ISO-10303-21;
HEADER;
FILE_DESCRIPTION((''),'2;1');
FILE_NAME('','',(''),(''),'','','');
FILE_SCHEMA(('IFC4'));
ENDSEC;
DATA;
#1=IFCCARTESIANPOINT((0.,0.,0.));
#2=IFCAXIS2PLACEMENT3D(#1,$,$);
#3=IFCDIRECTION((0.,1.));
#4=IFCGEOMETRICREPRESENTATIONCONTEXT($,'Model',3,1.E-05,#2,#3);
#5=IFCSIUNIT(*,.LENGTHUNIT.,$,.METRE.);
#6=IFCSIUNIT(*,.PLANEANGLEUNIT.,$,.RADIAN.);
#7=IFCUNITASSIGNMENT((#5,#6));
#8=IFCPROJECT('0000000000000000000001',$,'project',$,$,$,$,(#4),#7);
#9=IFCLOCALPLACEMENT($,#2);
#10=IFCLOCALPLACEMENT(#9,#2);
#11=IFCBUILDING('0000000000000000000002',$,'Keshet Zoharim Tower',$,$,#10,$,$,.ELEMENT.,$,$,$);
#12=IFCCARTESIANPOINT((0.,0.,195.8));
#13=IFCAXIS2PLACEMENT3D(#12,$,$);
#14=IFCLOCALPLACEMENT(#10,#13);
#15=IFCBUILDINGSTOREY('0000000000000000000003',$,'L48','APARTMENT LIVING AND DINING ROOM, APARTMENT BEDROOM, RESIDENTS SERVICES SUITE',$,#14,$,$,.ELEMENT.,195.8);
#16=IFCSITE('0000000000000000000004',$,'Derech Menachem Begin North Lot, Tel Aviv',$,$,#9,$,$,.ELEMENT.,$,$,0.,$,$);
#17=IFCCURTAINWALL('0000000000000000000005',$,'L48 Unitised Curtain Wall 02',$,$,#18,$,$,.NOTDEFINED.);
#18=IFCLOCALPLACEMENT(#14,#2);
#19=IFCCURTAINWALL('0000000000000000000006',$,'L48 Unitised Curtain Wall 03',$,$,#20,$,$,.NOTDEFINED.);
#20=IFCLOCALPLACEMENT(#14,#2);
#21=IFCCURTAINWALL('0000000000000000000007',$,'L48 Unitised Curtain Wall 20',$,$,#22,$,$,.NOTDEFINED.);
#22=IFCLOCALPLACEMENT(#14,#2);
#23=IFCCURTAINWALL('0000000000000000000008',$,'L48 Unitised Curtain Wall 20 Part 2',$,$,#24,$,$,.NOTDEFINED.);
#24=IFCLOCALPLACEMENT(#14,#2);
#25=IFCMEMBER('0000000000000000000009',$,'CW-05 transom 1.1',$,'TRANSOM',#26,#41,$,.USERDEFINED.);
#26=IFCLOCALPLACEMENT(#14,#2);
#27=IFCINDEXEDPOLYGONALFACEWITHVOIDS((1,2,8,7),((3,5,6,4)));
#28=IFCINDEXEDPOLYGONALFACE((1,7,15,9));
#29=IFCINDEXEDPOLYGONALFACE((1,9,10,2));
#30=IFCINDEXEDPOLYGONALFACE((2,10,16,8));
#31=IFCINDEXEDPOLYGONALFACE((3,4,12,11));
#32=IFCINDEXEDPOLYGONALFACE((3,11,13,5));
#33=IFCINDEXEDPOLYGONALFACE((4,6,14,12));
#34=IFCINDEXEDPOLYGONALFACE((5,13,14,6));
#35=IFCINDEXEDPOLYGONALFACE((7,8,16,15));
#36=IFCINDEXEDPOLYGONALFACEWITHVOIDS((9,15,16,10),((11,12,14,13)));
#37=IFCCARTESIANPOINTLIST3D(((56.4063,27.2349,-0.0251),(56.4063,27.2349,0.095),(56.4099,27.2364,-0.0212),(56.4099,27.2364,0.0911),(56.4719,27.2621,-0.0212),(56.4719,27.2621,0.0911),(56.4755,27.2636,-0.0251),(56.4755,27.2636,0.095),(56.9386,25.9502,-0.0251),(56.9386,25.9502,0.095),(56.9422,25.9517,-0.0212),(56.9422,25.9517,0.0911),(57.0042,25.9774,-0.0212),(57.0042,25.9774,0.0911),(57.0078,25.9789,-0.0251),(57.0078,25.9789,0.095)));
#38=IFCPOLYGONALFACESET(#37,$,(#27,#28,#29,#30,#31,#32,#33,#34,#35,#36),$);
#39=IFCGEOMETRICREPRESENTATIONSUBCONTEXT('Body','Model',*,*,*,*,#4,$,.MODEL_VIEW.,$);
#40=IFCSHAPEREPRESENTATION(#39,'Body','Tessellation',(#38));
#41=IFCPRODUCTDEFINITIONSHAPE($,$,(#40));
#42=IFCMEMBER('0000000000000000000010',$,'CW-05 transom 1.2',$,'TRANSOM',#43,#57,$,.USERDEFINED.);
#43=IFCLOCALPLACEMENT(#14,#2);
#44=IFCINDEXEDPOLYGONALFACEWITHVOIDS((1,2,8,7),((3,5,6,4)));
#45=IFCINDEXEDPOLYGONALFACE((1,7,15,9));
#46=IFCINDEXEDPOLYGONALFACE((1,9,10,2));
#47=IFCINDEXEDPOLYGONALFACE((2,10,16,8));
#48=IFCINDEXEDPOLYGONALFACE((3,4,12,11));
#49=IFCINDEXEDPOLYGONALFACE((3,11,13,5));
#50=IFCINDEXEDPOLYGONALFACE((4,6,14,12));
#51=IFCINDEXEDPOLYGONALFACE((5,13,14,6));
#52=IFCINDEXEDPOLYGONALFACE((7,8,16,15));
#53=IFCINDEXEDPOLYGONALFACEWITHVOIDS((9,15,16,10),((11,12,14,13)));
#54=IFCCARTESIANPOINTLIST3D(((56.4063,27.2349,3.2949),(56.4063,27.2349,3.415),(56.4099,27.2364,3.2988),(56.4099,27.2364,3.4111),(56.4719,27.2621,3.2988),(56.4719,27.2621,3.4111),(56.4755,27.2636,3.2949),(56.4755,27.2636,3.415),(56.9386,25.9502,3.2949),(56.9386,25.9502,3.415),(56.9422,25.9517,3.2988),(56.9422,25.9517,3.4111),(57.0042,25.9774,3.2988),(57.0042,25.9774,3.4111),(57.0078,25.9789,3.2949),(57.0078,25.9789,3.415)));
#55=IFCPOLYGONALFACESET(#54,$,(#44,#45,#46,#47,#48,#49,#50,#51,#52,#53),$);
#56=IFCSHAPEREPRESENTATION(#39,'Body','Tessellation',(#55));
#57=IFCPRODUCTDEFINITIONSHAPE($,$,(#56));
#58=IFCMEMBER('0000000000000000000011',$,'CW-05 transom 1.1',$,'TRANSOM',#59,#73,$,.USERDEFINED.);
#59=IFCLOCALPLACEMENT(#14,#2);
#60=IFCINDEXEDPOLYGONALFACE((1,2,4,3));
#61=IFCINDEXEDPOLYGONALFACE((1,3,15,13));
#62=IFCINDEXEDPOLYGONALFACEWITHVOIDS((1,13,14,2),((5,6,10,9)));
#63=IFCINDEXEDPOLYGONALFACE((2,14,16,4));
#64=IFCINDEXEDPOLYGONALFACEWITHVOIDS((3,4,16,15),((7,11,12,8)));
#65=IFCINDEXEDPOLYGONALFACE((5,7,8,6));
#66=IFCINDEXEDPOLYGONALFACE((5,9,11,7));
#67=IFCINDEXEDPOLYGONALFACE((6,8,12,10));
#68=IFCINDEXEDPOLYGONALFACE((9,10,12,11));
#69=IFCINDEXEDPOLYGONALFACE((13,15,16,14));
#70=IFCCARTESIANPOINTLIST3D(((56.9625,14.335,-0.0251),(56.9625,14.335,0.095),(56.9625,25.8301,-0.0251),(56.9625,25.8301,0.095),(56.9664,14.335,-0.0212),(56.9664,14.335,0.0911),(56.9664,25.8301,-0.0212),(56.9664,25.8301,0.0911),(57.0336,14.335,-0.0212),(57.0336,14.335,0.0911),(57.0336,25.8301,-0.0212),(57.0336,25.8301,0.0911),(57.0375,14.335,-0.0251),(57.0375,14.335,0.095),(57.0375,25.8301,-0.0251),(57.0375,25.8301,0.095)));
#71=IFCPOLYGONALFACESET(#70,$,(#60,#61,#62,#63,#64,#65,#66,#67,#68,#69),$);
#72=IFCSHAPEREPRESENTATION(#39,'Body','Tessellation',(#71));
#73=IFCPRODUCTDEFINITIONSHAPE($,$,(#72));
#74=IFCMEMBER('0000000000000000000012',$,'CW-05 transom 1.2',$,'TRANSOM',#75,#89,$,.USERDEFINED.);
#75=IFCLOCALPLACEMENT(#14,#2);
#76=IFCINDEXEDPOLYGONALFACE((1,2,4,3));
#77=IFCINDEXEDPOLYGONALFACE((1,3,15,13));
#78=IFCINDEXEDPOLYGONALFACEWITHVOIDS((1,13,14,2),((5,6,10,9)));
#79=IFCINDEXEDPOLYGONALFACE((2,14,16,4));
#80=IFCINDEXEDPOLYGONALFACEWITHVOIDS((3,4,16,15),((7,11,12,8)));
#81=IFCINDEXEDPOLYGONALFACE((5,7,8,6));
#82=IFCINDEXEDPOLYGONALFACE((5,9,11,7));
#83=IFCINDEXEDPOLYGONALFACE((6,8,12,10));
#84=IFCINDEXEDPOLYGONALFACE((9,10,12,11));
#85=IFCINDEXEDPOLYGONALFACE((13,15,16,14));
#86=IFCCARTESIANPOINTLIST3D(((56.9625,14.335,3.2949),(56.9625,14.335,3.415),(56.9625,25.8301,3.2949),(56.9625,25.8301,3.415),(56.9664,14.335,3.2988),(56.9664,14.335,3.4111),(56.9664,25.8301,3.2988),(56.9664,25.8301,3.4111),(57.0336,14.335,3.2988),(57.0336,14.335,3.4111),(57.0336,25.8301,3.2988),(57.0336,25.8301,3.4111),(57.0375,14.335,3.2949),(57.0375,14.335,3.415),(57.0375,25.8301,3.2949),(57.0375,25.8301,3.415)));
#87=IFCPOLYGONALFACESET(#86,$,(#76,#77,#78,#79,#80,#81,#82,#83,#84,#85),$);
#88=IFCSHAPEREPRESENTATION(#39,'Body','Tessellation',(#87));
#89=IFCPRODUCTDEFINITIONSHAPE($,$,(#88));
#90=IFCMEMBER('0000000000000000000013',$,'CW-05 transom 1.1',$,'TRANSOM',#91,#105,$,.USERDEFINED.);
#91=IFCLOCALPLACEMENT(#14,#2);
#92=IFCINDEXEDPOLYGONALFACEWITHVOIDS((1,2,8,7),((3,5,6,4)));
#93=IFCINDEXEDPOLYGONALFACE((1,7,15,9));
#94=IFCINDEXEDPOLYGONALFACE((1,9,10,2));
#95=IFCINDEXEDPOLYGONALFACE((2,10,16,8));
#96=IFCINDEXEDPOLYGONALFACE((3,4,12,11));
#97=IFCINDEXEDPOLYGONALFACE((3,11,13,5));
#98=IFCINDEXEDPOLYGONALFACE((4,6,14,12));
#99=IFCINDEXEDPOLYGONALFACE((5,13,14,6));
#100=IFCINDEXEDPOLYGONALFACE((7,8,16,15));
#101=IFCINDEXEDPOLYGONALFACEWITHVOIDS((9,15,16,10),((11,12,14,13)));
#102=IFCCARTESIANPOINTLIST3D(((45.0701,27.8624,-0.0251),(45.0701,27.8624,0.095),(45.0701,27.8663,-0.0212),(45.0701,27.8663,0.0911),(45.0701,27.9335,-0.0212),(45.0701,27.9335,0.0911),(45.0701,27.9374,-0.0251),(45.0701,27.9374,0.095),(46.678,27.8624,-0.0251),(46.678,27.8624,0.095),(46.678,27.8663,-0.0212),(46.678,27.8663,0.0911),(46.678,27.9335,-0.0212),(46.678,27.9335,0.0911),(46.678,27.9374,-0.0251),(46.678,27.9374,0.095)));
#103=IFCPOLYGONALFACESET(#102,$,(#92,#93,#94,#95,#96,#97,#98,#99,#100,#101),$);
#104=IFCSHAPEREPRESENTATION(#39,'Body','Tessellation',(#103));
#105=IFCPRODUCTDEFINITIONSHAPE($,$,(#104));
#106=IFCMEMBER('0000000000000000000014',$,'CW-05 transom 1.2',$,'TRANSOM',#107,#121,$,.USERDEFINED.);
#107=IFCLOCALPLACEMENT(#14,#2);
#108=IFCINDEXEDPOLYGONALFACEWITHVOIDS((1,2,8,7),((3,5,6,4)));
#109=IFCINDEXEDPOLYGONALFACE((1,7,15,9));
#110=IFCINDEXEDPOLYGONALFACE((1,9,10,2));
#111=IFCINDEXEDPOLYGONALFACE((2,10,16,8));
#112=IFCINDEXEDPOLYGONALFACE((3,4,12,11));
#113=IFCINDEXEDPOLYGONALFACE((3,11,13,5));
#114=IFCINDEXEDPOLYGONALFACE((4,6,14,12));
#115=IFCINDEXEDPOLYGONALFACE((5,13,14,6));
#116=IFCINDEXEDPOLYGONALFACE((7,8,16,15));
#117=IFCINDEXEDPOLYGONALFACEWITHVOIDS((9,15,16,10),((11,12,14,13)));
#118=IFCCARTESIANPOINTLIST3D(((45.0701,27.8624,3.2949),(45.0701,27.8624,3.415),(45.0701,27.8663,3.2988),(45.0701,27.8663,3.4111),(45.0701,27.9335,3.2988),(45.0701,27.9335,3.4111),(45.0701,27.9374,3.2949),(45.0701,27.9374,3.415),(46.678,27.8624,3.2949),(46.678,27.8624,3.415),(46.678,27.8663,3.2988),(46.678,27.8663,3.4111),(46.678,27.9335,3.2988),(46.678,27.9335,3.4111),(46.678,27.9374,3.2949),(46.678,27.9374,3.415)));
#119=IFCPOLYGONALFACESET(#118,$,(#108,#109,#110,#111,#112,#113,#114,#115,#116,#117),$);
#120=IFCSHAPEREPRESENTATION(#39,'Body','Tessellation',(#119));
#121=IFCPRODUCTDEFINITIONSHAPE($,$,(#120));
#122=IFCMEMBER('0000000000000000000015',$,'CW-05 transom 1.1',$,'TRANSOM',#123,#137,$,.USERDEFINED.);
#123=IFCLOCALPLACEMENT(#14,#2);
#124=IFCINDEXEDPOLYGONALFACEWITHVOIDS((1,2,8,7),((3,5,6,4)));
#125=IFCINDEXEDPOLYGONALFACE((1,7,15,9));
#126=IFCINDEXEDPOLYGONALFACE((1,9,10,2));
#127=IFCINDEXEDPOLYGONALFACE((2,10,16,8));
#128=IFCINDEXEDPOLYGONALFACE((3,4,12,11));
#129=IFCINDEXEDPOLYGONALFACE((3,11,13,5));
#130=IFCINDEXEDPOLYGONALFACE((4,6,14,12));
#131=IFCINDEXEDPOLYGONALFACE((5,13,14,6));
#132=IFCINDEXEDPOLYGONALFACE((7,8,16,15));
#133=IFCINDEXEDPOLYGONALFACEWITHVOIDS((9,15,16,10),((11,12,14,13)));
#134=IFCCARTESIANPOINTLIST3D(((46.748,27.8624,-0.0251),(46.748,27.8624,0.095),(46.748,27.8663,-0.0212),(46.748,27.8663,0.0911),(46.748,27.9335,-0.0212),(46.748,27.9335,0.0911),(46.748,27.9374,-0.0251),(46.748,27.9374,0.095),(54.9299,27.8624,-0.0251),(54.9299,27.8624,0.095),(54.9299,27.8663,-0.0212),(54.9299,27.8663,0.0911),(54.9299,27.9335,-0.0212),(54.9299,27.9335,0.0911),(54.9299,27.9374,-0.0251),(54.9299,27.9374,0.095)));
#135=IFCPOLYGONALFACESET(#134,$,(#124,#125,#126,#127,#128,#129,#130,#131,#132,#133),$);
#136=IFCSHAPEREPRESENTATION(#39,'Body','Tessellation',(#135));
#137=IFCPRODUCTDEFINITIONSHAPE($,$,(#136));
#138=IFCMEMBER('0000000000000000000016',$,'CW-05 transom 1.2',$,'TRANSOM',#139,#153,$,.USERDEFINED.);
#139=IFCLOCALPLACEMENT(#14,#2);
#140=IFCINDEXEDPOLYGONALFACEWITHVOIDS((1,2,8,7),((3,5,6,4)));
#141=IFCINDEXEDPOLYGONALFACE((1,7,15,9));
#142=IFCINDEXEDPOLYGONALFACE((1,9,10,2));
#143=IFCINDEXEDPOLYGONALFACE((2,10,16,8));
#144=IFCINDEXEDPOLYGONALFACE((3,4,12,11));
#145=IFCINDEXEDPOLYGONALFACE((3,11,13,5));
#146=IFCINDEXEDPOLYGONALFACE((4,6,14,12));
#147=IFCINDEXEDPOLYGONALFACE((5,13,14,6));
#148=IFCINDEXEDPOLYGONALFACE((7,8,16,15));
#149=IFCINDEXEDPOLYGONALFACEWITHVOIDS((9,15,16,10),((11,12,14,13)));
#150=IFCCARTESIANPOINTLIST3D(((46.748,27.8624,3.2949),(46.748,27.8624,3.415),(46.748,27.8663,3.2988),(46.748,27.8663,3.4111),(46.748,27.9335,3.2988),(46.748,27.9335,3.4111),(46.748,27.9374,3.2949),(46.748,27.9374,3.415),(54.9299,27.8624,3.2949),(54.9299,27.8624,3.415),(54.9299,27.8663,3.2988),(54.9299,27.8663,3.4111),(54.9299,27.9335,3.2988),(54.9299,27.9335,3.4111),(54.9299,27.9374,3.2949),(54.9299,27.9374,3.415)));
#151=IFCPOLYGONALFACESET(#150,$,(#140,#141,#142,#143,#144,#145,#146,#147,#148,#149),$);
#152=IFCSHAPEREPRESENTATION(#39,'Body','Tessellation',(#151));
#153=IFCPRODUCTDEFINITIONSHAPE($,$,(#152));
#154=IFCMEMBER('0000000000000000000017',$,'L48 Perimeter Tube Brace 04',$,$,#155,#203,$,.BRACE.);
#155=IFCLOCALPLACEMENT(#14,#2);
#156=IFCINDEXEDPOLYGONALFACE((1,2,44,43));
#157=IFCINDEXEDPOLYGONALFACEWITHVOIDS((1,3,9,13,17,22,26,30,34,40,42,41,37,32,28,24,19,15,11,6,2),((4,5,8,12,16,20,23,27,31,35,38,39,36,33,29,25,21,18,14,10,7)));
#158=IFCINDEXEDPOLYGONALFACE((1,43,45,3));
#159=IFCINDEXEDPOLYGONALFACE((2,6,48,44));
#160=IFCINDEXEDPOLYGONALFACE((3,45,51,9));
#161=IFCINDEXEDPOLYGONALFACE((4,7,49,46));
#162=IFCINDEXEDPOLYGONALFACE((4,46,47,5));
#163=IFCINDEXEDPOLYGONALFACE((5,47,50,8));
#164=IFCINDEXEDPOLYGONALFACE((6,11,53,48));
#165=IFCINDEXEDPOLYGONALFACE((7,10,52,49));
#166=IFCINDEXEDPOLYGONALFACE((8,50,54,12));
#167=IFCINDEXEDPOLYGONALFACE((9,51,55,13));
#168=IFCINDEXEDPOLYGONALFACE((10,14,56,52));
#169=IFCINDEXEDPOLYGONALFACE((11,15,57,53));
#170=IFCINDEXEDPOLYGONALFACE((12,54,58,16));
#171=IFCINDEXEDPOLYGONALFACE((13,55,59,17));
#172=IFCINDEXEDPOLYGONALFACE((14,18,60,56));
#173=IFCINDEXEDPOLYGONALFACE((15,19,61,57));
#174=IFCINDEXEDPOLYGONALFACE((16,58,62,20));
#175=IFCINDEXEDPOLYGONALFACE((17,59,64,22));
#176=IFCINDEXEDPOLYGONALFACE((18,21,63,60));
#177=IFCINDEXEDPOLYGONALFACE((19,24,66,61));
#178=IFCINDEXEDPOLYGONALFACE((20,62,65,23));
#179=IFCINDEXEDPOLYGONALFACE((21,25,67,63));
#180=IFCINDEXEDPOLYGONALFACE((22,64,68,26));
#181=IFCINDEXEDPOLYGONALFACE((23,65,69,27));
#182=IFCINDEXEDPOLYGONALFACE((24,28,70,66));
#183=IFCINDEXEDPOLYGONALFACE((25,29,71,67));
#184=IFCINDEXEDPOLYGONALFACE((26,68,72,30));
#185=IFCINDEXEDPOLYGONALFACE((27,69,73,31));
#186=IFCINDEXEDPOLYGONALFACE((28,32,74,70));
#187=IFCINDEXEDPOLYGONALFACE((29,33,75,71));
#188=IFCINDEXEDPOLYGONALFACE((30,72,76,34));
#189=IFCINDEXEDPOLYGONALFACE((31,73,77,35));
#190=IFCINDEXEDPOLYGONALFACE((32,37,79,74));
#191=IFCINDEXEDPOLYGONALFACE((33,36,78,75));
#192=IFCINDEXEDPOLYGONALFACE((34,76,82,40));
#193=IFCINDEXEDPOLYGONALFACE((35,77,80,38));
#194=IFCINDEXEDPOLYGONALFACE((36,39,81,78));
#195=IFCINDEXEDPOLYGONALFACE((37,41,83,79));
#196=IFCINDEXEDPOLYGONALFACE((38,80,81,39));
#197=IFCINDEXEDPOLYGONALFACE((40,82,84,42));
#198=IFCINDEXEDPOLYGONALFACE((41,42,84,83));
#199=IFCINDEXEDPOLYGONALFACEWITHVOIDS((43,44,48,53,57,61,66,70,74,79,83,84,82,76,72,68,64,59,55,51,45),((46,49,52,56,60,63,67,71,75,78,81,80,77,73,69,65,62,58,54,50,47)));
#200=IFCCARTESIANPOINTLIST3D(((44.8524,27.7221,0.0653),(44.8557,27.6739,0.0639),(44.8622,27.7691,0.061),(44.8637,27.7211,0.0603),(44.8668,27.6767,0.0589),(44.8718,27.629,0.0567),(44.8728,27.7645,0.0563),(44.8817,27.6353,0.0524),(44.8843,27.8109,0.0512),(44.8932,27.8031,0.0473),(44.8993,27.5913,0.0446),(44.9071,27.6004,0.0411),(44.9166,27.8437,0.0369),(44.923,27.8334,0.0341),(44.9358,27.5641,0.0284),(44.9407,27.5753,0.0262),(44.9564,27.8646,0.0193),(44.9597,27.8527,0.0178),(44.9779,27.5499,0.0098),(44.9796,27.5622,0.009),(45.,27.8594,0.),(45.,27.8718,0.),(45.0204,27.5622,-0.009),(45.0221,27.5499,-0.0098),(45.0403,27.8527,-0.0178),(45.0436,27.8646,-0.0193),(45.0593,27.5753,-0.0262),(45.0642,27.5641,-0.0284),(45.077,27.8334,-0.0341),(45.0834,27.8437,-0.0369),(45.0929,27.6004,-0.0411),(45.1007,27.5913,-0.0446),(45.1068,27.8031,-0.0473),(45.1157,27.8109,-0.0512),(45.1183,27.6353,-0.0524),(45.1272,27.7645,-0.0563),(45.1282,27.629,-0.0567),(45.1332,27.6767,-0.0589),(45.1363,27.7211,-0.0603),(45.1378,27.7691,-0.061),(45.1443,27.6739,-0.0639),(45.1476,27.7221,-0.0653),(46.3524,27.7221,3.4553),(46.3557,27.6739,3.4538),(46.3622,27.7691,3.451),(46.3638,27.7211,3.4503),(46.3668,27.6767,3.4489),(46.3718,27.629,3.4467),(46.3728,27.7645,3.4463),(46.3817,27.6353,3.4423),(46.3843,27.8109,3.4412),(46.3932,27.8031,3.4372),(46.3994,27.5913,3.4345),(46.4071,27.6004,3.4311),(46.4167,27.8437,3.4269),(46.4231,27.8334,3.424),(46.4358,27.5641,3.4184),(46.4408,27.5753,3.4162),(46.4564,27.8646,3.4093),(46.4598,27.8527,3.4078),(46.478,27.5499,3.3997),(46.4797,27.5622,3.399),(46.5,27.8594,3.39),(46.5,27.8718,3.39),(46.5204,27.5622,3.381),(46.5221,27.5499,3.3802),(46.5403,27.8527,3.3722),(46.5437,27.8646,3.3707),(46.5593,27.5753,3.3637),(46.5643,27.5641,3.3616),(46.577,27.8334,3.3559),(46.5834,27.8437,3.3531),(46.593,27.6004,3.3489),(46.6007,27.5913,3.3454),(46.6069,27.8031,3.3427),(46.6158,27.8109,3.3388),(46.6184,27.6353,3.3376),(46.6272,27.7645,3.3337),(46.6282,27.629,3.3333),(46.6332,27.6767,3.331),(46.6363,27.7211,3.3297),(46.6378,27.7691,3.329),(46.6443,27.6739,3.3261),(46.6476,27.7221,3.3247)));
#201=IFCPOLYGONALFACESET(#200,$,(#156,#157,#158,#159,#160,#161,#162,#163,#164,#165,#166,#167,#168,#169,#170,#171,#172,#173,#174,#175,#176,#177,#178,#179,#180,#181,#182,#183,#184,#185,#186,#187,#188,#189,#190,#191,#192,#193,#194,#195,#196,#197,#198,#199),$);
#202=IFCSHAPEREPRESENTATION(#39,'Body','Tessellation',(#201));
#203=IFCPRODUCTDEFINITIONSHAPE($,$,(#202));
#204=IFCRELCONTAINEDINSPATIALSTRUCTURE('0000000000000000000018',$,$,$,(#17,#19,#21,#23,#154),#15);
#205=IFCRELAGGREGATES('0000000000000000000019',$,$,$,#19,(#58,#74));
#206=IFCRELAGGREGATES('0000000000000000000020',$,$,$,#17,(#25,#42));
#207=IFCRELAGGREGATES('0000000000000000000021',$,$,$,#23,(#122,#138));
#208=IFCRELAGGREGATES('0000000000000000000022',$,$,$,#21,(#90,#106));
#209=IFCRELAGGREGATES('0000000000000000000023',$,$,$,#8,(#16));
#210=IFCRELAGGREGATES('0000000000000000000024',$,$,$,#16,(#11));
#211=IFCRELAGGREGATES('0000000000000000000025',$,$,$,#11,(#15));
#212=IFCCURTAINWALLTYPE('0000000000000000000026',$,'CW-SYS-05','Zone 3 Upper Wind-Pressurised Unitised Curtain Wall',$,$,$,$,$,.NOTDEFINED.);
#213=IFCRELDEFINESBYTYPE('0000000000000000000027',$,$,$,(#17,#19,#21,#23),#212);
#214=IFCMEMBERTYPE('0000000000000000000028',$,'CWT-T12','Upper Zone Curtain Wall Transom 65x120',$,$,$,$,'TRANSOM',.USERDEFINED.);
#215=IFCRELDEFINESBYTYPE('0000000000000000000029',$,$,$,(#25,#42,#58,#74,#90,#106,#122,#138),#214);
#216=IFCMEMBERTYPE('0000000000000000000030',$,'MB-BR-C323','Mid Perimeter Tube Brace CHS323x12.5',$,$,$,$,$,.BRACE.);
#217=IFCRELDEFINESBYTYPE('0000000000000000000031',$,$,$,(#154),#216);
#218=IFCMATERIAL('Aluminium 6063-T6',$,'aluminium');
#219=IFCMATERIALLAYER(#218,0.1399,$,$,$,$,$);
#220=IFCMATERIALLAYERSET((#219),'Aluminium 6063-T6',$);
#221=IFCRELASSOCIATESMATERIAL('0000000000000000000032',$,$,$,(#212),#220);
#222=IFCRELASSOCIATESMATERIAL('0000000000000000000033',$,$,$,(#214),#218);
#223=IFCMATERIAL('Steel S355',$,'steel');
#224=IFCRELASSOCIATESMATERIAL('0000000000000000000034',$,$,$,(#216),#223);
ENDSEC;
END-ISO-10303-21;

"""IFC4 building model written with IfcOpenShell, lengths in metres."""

from ifc_helpers import new_model, si_unit, direction, frame, origin, origin_2d, place, context, subcontext, project, spatial, hollow_rectangle, hollow_circle, extrude, material, layer, layer_set, material_profile, profile_set, type_object, element, aggregate, save


model = new_model("IFC4")

# Units and contexts
model_context = context("Model", 3, precision=1e-05, world=origin(), true_north=direction((0.0, 1.0)))
body_context = subcontext(model_context, "Body", "Model", "MODEL_VIEW")
ifc_project = project(units=[si_unit("LENGTHUNIT", "METRE"), si_unit("PLANEANGLEUNIT", "RADIAN")], contexts=[model_context])

# Site, building, storey
site_placement = place(None, origin())
site = spatial("IfcSite", under=ifc_project, at=site_placement, Name="Derech Menachem Begin North Lot, Tel Aviv", CompositionType="ELEMENT", RefElevation=0.0)
building_placement = place(site_placement, origin())
building = spatial("IfcBuilding", under=site, at=building_placement, Name="Keshet Zoharim Tower", CompositionType="ELEMENT")
storey_placement = place(building_placement, frame((0.0, 0.0, 195.8)))
storey = spatial("IfcBuildingStorey", under=building, at=storey_placement, Name="L48", Description="APARTMENT LIVING AND DINING ROOM, APARTMENT BEDROOM, RESIDENTS SERVICES SUITE", CompositionType="ELEMENT", Elevation=195.8)

# Shared definitions
ifc_material_1 = material(Name="Steel S355", Category="steel")

# Curtain wall
ifc_material_2 = material(Name="Aluminium 6063-T6", Category="aluminium")
ifc_layer_1 = layer(ifc_material_2, 0.1399)
ifc_layer_set_1 = layer_set([ifc_layer_1], Name="Aluminium 6063-T6")
curtain_wall_type = type_object("IfcCurtainWallType", Name="CW-SYS-05", Description="Zone 3 Upper Wind-Pressurised Unitised Curtain Wall", PredefinedType="NOTDEFINED", material=ifc_layer_set_1)
curtain_wall_1_placement = place(storey_placement, origin())
curtain_wall_1 = element("IfcCurtainWall", 1, at=curtain_wall_1_placement, inside=storey, type_object=curtain_wall_type, Name="L48 Unitised Curtain Wall 02", PredefinedType="NOTDEFINED")

# Curtain wall
curtain_wall_2_placement = place(storey_placement, origin())
curtain_wall_2 = element("IfcCurtainWall", 2, at=curtain_wall_2_placement, inside=storey, type_object=curtain_wall_type, Name="L48 Unitised Curtain Wall 03", PredefinedType="NOTDEFINED")

# Curtain wall
curtain_wall_3_placement = place(storey_placement, origin())
curtain_wall_3 = element("IfcCurtainWall", 3, at=curtain_wall_3_placement, inside=storey, type_object=curtain_wall_type, Name="L48 Unitised Curtain Wall 20", PredefinedType="NOTDEFINED")

# Curtain wall
curtain_wall_4_placement = place(storey_placement, origin())
curtain_wall_4 = element("IfcCurtainWall", 4, at=curtain_wall_4_placement, inside=storey, type_object=curtain_wall_type, Name="L48 Unitised Curtain Wall 20 Part 2", PredefinedType="NOTDEFINED")

# Members
ifc_material_profile_1 = material_profile(ifc_material_2, hollow_rectangle(XDim=0.075, YDim=0.1201, WallThickness=0.0039, at=origin_2d()), Name="TRN-75x120")
ifc_profile_set_1 = profile_set([ifc_material_profile_1], Name="Aluminium 6063-T6")
member_type_1 = type_object("IfcMemberType", Name="CWT-T12", Description="Upper Zone Curtain Wall Transom 65x120", ElementType="TRANSOM", PredefinedType="USERDEFINED", material=ifc_profile_set_1)
member_1_placement = place(storey_placement, frame((56.4409, 27.2493, 0.0349), z_axis=(0.382745, -0.923854, 0.0), x_axis=(0.923854, 0.382745, 0.0)))
member_1 = element("IfcMember", 5, at=member_1_placement, type_object=member_type_1, Name="CW-05 transom 1.1", ObjectType="TRANSOM", PredefinedType="USERDEFINED", context=body_context, shape_type="SweptSolid", body=[
    extrude(hollow_rectangle(XDim=0.075, YDim=0.1201, WallThickness=0.0039, at=origin_2d()), origin(), (0.0, 0.0, 1.0), 1.3906),
])
member_2_placement = place(storey_placement, frame((56.4409, 27.2493, 3.355), z_axis=(0.382745, -0.923854, 0.0), x_axis=(0.923854, 0.382745, 0.0)))
member_2 = element("IfcMember", 6, at=member_2_placement, type_object=member_type_1, Name="CW-05 transom 1.2", ObjectType="TRANSOM", PredefinedType="USERDEFINED", context=body_context, shape_type="SweptSolid", body=[
    extrude(hollow_rectangle(XDim=0.075, YDim=0.1201, WallThickness=0.0039, at=origin_2d()), origin(), (0.0, 0.0, 1.0), 1.3906),
])
member_3_placement = place(storey_placement, frame((57.0, 25.8301, 0.0349), z_axis=(0.0, -1.0, 0.0), x_axis=(1.0, 0.0, 0.0)))
member_3 = element("IfcMember", 7, at=member_3_placement, type_object=member_type_1, Name="CW-05 transom 1.1", ObjectType="TRANSOM", PredefinedType="USERDEFINED", context=body_context, shape_type="SweptSolid", body=[
    extrude(hollow_rectangle(XDim=0.075, YDim=0.1201, WallThickness=0.0039, at=origin_2d()), origin(), (0.0, 0.0, 1.0), 11.4951),
])
member_4_placement = place(storey_placement, frame((57.0, 25.8301, 3.355), z_axis=(0.0, -1.0, 0.0), x_axis=(1.0, 0.0, 0.0)))
member_4 = element("IfcMember", 8, at=member_4_placement, type_object=member_type_1, Name="CW-05 transom 1.2", ObjectType="TRANSOM", PredefinedType="USERDEFINED", context=body_context, shape_type="SweptSolid", body=[
    extrude(hollow_rectangle(XDim=0.075, YDim=0.1201, WallThickness=0.0039, at=origin_2d()), origin(), (0.0, 0.0, 1.0), 11.4951),
])
aggregate(curtain_wall_2, [member_3, member_4])
member_5_placement = place(storey_placement, frame((45.0701, 27.8999, 0.0349), z_axis=(1.0, 0.0, 0.0), x_axis=(0.0, 1.0, 0.0)))
member_5 = element("IfcMember", 9, at=member_5_placement, type_object=member_type_1, Name="CW-05 transom 1.1", ObjectType="TRANSOM", PredefinedType="USERDEFINED", context=body_context, shape_type="SweptSolid", body=[
    extrude(hollow_rectangle(XDim=0.075, YDim=0.1201, WallThickness=0.0039, at=origin_2d()), origin(), (0.0, 0.0, 1.0), 1.6079),
])
member_6_placement = place(storey_placement, frame((45.0701, 27.8999, 3.355), z_axis=(1.0, 0.0, 0.0), x_axis=(0.0, 1.0, 0.0)))
member_6 = element("IfcMember", 10, at=member_6_placement, type_object=member_type_1, Name="CW-05 transom 1.2", ObjectType="TRANSOM", PredefinedType="USERDEFINED", context=body_context, shape_type="SweptSolid", body=[
    extrude(hollow_rectangle(XDim=0.075, YDim=0.1201, WallThickness=0.0039, at=origin_2d()), origin(), (0.0, 0.0, 1.0), 1.6079),
])
member_7_placement = place(storey_placement, frame((46.748, 27.8999, 0.0349), z_axis=(1.0, 0.0, 0.0), x_axis=(0.0, 1.0, 0.0)))
member_7 = element("IfcMember", 11, at=member_7_placement, type_object=member_type_1, Name="CW-05 transom 1.1", ObjectType="TRANSOM", PredefinedType="USERDEFINED", context=body_context, shape_type="SweptSolid", body=[
    extrude(hollow_rectangle(XDim=0.075, YDim=0.1201, WallThickness=0.0039, at=origin_2d()), origin(), (0.0, 0.0, 1.0), 8.1819),
])
member_8_placement = place(storey_placement, frame((46.748, 27.8999, 3.355), z_axis=(1.0, 0.0, 0.0), x_axis=(0.0, 1.0, 0.0)))
member_8 = element("IfcMember", 12, at=member_8_placement, type_object=member_type_1, Name="CW-05 transom 1.2", ObjectType="TRANSOM", PredefinedType="USERDEFINED", context=body_context, shape_type="SweptSolid", body=[
    extrude(hollow_rectangle(XDim=0.075, YDim=0.1201, WallThickness=0.0039, at=origin_2d()), origin(), (0.0, 0.0, 1.0), 8.1819),
])
ifc_material_profile_2 = material_profile(ifc_material_1, hollow_circle(Radius=0.1619, WallThickness=0.0125, at=origin_2d()), Name="CHS323x12.5")
ifc_profile_set_2 = profile_set([ifc_material_profile_2], Name="Steel S355")
member_type_2 = type_object("IfcMemberType", Name="MB-BR-C323", Description="Mid Perimeter Tube Brace CHS323x12.5", PredefinedType="BRACE", material=ifc_profile_set_2)
member_9_placement = place(storey_placement, frame((45.0, 27.71, 0.0), z_axis=(0.404647, 0.0, 0.914473), x_axis=(0.0, 1.0, 0.0)))
element("IfcMember", 13, at=member_9_placement, inside=storey, type_object=member_type_2, Name="L48 Perimeter Tube Brace 04", PredefinedType="BRACE", context=body_context, shape_type="SweptSolid", body=[
    extrude(hollow_circle(Radius=0.1619, WallThickness=0.0125, at=origin_2d()), origin(), (0.0, 0.0, 1.0), 3.707),
])

aggregate(curtain_wall_1, [member_1, member_2])
aggregate(curtain_wall_4, [member_7, member_8])
aggregate(curtain_wall_3, [member_5, member_6])

save(model, "model.ifc")
